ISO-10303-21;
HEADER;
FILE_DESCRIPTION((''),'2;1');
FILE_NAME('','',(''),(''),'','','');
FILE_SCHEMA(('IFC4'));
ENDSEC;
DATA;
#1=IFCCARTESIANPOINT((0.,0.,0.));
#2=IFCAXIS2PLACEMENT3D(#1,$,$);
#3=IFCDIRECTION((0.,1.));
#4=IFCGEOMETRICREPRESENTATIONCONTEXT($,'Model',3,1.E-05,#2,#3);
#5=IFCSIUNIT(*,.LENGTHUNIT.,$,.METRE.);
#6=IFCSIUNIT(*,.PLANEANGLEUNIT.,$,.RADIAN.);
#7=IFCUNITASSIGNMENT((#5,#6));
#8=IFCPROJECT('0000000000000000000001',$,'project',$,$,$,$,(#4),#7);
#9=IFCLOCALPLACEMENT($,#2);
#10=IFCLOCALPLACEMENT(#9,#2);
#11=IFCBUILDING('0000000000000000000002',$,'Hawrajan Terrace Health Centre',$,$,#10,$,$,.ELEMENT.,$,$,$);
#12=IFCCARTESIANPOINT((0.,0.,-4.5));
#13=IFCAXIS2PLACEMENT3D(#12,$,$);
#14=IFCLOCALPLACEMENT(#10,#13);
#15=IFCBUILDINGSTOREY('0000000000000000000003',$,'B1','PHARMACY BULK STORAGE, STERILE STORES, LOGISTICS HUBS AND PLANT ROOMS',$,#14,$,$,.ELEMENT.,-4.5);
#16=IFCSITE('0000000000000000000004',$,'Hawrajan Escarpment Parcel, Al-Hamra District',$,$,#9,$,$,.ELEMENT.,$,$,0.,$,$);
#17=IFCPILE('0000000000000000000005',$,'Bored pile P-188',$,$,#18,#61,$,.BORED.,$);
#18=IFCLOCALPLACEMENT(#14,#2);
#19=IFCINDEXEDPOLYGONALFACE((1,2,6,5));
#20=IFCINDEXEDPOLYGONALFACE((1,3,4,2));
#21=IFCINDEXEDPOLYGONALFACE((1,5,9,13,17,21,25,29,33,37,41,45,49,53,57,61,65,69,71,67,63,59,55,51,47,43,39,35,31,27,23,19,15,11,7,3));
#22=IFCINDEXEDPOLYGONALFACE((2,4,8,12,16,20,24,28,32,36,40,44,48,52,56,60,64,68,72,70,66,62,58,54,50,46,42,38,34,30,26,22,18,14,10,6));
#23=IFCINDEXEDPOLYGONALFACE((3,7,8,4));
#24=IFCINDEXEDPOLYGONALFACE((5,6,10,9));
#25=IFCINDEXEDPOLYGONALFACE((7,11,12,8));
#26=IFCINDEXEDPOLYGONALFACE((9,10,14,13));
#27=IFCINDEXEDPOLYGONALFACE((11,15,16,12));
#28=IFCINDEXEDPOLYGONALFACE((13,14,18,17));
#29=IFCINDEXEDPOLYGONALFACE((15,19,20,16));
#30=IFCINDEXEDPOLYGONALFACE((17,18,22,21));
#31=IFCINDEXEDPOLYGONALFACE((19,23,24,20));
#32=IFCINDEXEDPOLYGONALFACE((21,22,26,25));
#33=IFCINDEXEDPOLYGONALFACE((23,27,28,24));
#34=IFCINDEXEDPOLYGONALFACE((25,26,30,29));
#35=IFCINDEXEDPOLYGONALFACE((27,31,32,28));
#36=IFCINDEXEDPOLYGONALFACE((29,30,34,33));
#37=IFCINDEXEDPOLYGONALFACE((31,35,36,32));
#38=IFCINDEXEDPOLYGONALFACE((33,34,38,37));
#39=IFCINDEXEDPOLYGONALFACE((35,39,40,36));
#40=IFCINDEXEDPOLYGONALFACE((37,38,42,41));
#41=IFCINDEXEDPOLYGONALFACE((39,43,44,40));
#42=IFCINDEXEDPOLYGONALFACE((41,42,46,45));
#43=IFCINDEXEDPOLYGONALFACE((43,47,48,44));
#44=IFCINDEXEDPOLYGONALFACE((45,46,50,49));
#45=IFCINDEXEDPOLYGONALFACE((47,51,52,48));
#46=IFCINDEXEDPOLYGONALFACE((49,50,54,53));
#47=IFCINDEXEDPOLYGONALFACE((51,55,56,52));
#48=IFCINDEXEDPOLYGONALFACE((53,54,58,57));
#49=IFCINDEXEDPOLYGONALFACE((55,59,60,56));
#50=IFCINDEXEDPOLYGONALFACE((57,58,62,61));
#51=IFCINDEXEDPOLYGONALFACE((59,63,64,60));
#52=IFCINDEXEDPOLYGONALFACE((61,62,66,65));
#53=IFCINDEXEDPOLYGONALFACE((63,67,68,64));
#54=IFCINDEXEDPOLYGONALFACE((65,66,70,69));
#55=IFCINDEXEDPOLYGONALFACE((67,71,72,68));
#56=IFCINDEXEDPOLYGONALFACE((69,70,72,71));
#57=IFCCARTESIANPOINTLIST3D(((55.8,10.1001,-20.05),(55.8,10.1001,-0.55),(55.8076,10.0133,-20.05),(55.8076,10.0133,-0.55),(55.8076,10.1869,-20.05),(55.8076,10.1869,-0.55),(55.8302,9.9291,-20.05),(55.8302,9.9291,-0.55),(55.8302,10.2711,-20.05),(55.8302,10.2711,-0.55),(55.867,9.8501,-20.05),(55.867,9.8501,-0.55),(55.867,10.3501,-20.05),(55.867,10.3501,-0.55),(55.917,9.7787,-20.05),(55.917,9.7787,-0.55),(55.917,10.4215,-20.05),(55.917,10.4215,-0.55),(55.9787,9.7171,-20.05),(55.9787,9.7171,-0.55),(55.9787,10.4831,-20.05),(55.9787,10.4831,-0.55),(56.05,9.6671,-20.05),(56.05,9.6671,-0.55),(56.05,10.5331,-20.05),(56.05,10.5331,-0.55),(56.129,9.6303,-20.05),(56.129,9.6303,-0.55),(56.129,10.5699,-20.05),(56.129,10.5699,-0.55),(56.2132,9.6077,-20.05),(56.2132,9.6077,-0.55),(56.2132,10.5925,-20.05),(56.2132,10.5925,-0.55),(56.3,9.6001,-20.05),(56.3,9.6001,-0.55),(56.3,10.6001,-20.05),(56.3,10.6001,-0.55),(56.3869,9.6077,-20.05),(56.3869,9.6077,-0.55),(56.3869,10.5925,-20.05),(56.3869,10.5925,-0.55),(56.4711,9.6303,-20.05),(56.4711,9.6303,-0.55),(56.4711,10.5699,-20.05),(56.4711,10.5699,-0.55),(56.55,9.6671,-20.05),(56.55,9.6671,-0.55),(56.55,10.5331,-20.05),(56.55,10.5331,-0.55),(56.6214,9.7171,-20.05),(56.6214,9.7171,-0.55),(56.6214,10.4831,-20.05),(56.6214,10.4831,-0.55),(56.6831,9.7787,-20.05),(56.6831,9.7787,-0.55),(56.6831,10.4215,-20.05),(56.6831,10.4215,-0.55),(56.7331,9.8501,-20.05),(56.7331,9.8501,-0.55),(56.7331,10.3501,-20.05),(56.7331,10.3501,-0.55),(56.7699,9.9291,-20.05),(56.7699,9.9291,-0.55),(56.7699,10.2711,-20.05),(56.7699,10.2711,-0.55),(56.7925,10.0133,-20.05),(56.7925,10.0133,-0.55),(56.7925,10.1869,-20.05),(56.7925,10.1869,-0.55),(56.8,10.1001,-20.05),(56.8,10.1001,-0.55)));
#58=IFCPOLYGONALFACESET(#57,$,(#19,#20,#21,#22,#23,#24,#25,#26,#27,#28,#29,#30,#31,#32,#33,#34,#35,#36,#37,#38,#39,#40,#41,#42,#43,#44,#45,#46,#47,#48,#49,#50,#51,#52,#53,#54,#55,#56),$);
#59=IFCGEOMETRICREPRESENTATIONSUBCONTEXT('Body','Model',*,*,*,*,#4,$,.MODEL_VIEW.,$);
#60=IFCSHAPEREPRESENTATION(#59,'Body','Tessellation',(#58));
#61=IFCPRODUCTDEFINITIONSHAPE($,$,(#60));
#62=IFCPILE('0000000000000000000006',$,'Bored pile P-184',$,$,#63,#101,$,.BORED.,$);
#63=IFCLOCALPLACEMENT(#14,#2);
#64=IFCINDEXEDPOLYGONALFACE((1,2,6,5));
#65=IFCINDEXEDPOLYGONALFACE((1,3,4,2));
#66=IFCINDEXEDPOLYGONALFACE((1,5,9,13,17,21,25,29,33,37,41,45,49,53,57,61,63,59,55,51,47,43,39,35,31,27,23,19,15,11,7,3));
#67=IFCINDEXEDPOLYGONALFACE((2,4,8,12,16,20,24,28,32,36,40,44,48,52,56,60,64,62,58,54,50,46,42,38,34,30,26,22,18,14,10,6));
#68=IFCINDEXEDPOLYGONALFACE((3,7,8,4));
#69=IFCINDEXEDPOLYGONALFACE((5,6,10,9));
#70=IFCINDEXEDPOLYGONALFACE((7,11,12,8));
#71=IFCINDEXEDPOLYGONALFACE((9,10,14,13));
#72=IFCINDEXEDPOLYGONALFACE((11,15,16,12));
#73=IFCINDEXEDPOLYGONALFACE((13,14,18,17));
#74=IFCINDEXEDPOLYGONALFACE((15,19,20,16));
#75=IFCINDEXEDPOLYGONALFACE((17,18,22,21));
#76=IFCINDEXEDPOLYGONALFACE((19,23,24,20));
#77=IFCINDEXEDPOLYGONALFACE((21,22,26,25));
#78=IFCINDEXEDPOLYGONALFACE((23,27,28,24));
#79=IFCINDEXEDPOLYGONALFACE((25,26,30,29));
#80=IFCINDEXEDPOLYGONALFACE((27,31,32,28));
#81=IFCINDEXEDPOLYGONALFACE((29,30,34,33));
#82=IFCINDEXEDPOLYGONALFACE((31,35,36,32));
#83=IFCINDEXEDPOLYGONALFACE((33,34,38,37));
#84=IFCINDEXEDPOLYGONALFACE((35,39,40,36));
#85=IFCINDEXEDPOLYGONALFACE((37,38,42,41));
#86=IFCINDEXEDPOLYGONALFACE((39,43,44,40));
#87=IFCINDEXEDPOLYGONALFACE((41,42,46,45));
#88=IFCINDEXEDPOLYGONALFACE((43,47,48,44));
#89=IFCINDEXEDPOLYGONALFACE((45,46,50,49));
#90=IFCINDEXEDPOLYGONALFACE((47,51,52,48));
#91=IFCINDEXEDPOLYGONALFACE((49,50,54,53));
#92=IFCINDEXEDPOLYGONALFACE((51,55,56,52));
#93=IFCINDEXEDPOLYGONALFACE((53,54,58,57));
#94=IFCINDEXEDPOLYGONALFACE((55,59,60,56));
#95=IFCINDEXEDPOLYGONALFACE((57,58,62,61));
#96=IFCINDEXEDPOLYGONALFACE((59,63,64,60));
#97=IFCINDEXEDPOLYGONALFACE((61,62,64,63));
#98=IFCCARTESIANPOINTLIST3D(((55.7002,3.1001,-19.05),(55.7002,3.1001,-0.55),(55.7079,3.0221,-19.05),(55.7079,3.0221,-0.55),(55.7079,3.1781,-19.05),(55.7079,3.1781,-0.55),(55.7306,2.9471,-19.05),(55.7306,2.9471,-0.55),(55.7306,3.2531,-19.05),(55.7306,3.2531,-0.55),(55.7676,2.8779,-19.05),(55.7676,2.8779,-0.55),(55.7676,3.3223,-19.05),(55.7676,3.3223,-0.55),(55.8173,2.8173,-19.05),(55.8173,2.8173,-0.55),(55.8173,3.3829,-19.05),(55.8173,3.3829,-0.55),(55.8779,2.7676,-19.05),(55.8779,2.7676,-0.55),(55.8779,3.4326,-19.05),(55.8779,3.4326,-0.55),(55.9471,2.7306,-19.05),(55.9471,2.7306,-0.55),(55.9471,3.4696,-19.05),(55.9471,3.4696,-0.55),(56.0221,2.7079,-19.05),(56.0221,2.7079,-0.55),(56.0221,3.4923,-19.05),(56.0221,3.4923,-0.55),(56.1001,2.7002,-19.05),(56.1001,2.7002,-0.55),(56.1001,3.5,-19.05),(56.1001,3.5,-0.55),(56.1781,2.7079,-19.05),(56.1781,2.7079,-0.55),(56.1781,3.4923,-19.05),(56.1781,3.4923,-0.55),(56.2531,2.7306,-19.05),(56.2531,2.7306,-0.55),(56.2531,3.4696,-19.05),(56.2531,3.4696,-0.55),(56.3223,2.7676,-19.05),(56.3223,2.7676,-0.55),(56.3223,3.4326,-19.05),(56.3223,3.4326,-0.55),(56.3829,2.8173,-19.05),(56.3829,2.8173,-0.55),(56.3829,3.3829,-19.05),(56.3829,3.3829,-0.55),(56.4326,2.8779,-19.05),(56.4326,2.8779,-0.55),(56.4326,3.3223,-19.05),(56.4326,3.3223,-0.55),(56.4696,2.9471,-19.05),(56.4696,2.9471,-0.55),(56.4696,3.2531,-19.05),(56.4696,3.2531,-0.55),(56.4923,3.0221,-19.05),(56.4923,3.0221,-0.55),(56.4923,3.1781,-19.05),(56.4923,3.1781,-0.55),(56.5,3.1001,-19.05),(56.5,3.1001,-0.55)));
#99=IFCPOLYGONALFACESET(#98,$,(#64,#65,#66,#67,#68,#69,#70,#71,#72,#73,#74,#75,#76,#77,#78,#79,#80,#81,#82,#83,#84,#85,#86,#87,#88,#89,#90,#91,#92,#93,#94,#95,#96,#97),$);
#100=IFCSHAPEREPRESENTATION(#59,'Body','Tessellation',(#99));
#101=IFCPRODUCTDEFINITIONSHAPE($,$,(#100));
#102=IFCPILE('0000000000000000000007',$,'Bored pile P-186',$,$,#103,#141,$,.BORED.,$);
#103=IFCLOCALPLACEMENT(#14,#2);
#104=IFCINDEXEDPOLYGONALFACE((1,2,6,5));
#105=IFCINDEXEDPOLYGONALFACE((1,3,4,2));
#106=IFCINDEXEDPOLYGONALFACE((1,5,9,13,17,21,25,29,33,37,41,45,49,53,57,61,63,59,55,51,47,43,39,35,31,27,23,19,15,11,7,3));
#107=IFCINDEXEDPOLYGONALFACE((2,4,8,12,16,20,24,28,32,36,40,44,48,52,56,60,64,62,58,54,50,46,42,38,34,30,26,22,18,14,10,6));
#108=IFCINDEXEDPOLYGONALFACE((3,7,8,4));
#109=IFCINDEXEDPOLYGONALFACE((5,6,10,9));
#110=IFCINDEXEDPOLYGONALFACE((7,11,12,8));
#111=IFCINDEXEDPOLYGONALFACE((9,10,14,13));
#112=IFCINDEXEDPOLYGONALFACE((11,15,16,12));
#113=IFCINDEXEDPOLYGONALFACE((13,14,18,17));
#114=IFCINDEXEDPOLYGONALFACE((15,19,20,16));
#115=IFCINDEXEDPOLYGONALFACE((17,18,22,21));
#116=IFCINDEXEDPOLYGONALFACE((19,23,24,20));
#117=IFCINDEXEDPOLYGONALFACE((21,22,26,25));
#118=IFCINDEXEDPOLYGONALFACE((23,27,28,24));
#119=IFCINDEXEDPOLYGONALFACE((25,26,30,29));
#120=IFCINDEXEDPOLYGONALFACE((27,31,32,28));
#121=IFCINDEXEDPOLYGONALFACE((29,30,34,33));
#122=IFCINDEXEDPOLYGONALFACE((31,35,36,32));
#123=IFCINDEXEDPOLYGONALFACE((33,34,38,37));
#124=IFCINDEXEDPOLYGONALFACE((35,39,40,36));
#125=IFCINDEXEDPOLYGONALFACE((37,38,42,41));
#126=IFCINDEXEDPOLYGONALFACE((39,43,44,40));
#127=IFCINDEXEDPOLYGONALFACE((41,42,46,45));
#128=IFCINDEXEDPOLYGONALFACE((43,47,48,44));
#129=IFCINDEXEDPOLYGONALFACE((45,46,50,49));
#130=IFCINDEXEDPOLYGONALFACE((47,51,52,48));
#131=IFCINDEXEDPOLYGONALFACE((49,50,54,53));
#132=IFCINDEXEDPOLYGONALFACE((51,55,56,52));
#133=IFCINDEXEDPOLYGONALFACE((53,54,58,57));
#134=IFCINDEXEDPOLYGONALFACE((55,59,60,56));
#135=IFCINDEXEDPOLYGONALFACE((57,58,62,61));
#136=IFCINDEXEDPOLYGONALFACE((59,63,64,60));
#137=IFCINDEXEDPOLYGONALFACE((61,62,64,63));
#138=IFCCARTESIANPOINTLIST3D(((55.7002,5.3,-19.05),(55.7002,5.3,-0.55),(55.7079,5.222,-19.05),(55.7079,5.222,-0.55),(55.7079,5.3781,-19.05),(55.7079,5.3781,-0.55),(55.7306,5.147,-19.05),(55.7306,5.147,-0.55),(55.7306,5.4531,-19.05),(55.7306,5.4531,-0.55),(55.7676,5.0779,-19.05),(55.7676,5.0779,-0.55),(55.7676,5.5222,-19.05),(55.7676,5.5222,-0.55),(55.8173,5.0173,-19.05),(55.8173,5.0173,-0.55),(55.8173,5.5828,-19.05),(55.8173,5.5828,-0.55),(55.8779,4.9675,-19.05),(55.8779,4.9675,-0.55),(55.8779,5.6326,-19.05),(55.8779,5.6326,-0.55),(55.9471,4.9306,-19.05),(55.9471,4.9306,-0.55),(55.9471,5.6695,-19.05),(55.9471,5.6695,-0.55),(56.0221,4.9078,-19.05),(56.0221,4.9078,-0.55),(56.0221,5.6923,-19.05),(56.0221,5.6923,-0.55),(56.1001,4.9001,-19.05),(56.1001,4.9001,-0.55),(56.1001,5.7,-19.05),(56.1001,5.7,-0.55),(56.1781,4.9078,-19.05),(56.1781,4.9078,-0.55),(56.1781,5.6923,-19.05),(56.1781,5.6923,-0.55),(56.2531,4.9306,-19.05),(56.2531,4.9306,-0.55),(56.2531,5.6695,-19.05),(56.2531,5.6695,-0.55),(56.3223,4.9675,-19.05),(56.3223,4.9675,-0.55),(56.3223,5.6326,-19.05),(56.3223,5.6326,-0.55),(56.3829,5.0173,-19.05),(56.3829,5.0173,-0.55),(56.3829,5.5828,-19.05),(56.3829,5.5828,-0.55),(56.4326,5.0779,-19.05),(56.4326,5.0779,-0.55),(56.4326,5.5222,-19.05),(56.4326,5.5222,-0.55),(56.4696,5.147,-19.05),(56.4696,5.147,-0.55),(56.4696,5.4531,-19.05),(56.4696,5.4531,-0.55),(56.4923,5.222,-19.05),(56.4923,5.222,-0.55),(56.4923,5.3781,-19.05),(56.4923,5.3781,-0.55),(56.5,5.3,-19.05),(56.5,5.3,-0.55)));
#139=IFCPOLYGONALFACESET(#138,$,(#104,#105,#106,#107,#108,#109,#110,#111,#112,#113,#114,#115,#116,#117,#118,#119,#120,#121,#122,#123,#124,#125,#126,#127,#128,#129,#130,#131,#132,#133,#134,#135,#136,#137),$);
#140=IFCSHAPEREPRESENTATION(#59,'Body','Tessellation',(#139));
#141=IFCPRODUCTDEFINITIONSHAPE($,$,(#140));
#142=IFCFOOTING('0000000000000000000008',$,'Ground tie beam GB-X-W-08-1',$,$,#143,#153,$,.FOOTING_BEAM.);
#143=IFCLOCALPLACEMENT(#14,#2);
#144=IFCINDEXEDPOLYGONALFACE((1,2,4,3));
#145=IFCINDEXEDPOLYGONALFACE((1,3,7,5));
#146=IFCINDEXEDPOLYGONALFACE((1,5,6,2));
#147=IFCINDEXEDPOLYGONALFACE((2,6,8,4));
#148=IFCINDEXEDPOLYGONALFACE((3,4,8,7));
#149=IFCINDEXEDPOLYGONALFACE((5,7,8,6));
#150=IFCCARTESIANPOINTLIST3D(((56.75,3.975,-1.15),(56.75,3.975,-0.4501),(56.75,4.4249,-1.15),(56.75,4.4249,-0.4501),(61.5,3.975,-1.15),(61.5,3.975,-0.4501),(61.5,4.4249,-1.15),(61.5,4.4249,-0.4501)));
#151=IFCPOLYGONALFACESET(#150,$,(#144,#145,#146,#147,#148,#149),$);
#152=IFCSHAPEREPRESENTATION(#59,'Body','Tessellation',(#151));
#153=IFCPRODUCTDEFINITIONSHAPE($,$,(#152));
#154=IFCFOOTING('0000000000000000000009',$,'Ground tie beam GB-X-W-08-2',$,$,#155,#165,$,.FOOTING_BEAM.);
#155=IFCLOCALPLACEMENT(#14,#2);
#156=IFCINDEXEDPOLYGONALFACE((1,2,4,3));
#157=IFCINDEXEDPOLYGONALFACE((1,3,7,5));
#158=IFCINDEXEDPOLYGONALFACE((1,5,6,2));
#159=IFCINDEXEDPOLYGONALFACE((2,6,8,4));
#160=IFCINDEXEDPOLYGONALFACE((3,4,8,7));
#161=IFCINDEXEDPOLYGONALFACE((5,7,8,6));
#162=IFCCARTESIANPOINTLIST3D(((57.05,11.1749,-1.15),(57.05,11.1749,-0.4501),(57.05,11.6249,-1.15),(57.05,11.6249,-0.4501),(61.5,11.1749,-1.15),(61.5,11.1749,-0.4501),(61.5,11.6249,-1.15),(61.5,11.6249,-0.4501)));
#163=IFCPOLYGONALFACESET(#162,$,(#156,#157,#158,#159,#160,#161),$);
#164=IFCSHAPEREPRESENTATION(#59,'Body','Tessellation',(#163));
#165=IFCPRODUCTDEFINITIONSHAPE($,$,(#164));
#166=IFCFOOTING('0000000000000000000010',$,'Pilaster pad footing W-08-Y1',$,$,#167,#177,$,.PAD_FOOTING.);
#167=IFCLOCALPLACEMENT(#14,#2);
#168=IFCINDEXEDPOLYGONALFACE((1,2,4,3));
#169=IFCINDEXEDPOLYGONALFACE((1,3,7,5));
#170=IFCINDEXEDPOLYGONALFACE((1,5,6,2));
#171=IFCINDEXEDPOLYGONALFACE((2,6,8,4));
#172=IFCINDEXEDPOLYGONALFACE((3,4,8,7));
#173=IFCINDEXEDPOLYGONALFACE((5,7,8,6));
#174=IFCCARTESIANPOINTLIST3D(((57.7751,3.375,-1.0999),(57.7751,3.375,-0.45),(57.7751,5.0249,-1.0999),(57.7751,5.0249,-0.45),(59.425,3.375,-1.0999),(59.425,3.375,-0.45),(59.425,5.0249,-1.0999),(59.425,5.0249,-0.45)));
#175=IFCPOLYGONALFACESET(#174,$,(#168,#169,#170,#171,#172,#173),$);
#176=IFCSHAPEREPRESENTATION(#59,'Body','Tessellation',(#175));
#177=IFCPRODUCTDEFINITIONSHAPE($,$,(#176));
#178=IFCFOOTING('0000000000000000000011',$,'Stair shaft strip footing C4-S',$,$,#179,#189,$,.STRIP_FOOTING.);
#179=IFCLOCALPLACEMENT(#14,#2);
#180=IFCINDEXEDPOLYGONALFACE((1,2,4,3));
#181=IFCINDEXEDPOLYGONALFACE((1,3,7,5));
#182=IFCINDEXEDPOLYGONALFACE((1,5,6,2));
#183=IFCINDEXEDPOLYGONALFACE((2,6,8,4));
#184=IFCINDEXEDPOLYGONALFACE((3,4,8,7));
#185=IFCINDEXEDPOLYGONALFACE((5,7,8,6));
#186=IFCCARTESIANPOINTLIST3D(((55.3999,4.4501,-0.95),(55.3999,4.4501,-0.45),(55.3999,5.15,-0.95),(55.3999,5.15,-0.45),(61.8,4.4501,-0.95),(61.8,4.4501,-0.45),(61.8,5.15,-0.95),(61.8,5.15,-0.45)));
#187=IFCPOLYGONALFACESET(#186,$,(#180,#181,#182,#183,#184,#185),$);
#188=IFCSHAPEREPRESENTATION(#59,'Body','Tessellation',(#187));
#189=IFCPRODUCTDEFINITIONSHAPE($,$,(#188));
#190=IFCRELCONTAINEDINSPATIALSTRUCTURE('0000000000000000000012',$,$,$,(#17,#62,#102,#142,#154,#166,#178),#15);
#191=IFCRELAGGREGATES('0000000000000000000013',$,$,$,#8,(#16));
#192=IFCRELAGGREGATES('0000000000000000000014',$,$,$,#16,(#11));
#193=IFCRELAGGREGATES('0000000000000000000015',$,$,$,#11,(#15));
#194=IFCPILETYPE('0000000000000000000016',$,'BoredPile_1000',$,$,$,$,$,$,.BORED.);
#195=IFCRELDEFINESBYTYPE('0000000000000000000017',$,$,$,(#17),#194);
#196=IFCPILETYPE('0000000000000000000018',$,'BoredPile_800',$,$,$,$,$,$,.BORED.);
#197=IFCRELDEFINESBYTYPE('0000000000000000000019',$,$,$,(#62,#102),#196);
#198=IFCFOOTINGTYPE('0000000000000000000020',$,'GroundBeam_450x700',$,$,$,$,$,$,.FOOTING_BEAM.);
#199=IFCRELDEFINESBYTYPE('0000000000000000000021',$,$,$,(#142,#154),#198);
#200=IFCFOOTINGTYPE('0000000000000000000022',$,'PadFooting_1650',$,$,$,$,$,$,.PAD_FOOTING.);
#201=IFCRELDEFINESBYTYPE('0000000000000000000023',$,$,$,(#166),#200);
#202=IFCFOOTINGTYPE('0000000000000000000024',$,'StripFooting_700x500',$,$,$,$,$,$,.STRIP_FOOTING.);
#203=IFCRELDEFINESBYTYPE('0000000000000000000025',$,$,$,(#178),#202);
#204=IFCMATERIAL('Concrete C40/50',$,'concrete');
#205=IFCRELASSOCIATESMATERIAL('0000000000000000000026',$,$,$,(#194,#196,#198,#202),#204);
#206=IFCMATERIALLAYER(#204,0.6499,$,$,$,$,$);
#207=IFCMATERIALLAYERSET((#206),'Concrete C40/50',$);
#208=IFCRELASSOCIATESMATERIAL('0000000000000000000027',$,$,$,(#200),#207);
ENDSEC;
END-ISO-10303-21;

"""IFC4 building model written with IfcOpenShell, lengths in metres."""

from ifc_helpers import new_model, si_unit, direction, frame, origin, origin_2d, place, context, subcontext, project, spatial, rectangle, circle, extrude, material, layer, layer_set, material_profile, profile_set, type_object, element, save


model = new_model("IFC4")

# Units and contexts
model_context = context("Model", 3, precision=1e-05, world=origin(), true_north=direction((0.0, 1.0)))
body_context = subcontext(model_context, "Body", "Model", "MODEL_VIEW")
ifc_project = project(units=[si_unit("LENGTHUNIT", "METRE"), si_unit("PLANEANGLEUNIT", "RADIAN")], contexts=[model_context])

# Site, building, storey
site_placement = place(None, origin())
site = spatial("IfcSite", under=ifc_project, at=site_placement, Name="Hawrajan Escarpment Parcel, Al-Hamra District", CompositionType="ELEMENT", RefElevation=0.0)
building_placement = place(site_placement, origin())
building = spatial("IfcBuilding", under=site, at=building_placement, Name="Hawrajan Terrace Health Centre", CompositionType="ELEMENT")
storey_placement = place(building_placement, frame((0.0, 0.0, -4.5)))
storey = spatial("IfcBuildingStorey", under=building, at=storey_placement, Name="B1", Description="PHARMACY BULK STORAGE, STERILE STORES, LOGISTICS HUBS AND PLANT ROOMS", CompositionType="ELEMENT", Elevation=-4.5)

# Piles
ifc_material_1 = material(Name="Concrete C40/50", Category="concrete")
ifc_material_profile_1 = material_profile(ifc_material_1, circle(Radius=0.5, at=origin_2d()), Name="BP 1000")
ifc_profile_set_1 = profile_set([ifc_material_profile_1], Name="Concrete C40/50")
pile_type_1 = type_object("IfcPileType", Name="BoredPile_1000", PredefinedType="BORED", material=ifc_profile_set_1)
pile_placement = place(storey_placement, frame((56.3, 10.1001, -0.55), z_axis=(0.0, 0.0, -1.0), x_axis=(1.0, 0.0, 0.0)))
element("IfcPile", 1, at=pile_placement, inside=storey, type_object=pile_type_1, Name="Bored pile P-188", PredefinedType="BORED", context=body_context, shape_type="SweptSolid", body=[
    extrude(circle(Radius=0.5, at=origin_2d()), origin(), (0.0, 0.0, 1.0), 19.5),
])
ifc_material_profile_2 = material_profile(ifc_material_1, circle(Radius=0.3999, at=origin_2d()), Name="BP 800")
ifc_profile_set_2 = profile_set([ifc_material_profile_2], Name="Concrete C40/50")
pile_type_2 = type_object("IfcPileType", Name="BoredPile_800", PredefinedType="BORED", material=ifc_profile_set_2)
for number, where, z_axis, x_axis, name in (
    (2, (56.1001, 3.1001, -0.55), (0.0, 0.0, -1.0), (1.0, 0.0, 0.0), "Bored pile P-184"),
    (3, (56.1001, 5.3, -0.55), (0.0, 0.0, -1.0), (1.0, 0.0, 0.0), "Bored pile P-186"),
):
    element("IfcPile", number, at=place(storey_placement, frame(where, z_axis=z_axis, x_axis=x_axis)), inside=storey, type_object=pile_type_2, Name=name, PredefinedType="BORED", context=body_context, shape_type="SweptSolid", body=[
        extrude(circle(Radius=0.3999, at=origin_2d()), origin(), (0.0, 0.0, 1.0), 18.5),
    ])

# Footings
ifc_material_profile_3 = material_profile(ifc_material_1, rectangle(XDim=0.45, YDim=0.7, at=origin_2d()), Name="RC BM 450x700")
ifc_profile_set_3 = profile_set([ifc_material_profile_3], Name="Concrete C40/50")
footing_type_1 = type_object("IfcFootingType", Name="GroundBeam_450x700", PredefinedType="FOOTING_BEAM", material=ifc_profile_set_3)
footing_1_placement = place(storey_placement, frame((56.75, 4.2, -0.8), z_axis=(1.0, 0.0, 0.0), x_axis=(0.0, 1.0, 0.0)))
element("IfcFooting", 4, at=footing_1_placement, inside=storey, type_object=footing_type_1, Name="Ground tie beam GB-X-W-08-1", PredefinedType="FOOTING_BEAM", context=body_context, shape_type="SweptSolid", body=[
    extrude(rectangle(XDim=0.45, YDim=0.7, at=origin_2d()), origin(), (0.0, 0.0, 1.0), 4.75),
])
footing_2_placement = place(storey_placement, frame((57.05, 11.3999, -0.8), z_axis=(1.0, 0.0, 0.0), x_axis=(0.0, 1.0, 0.0)))
element("IfcFooting", 5, at=footing_2_placement, inside=storey, type_object=footing_type_1, Name="Ground tie beam GB-X-W-08-2", PredefinedType="FOOTING_BEAM", context=body_context, shape_type="SweptSolid", body=[
    extrude(rectangle(XDim=0.45, YDim=0.7, at=origin_2d()), origin(), (0.0, 0.0, 1.0), 4.45),
])
ifc_layer_1 = layer(ifc_material_1, 0.6499)
ifc_layer_set_1 = layer_set([ifc_layer_1], Name="Concrete C40/50")
footing_type_2 = type_object("IfcFootingType", Name="PadFooting_1650", PredefinedType="PAD_FOOTING", material=ifc_layer_set_1)
footing_3_placement = place(storey_placement, frame((58.6001, 4.2, -1.0999), z_axis=(0.0, 0.0, 1.0), x_axis=(1.0, 0.0, 0.0)))
element("IfcFooting", 6, at=footing_3_placement, inside=storey, type_object=footing_type_2, Name="Pilaster pad footing W-08-Y1", PredefinedType="PAD_FOOTING", context=body_context, shape_type="SweptSolid", body=[
    extrude(rectangle(XDim=1.6499, YDim=1.6499, at=origin_2d()), origin(), (0.0, 0.0, 1.0), 0.6499),
])
ifc_material_profile_4 = material_profile(ifc_material_1, rectangle(XDim=0.7, YDim=0.5, at=origin_2d()), Name="RC STRIP 700x500")
ifc_profile_set_4 = profile_set([ifc_material_profile_4], Name="Concrete C40/50")
footing_type_3 = type_object("IfcFootingType", Name="StripFooting_700x500", PredefinedType="STRIP_FOOTING", material=ifc_profile_set_4)
for number, where, z_axis, x_axis, name in (
    (7, (55.3999, 4.8, -0.7), (1.0, 0.0, 0.0), (0.0, 1.0, 0.0), "Stair shaft strip footing C4-S"),
):
    element("IfcFooting", number, at=place(storey_placement, frame(where, z_axis=z_axis, x_axis=x_axis)), inside=storey, type_object=footing_type_3, Name=name, PredefinedType="STRIP_FOOTING", context=body_context, shape_type="SweptSolid", body=[
        extrude(rectangle(XDim=0.7, YDim=0.5, at=origin_2d()), origin(), (0.0, 0.0, 1.0), 6.4001),
    ])

save(model, "model.ifc")
